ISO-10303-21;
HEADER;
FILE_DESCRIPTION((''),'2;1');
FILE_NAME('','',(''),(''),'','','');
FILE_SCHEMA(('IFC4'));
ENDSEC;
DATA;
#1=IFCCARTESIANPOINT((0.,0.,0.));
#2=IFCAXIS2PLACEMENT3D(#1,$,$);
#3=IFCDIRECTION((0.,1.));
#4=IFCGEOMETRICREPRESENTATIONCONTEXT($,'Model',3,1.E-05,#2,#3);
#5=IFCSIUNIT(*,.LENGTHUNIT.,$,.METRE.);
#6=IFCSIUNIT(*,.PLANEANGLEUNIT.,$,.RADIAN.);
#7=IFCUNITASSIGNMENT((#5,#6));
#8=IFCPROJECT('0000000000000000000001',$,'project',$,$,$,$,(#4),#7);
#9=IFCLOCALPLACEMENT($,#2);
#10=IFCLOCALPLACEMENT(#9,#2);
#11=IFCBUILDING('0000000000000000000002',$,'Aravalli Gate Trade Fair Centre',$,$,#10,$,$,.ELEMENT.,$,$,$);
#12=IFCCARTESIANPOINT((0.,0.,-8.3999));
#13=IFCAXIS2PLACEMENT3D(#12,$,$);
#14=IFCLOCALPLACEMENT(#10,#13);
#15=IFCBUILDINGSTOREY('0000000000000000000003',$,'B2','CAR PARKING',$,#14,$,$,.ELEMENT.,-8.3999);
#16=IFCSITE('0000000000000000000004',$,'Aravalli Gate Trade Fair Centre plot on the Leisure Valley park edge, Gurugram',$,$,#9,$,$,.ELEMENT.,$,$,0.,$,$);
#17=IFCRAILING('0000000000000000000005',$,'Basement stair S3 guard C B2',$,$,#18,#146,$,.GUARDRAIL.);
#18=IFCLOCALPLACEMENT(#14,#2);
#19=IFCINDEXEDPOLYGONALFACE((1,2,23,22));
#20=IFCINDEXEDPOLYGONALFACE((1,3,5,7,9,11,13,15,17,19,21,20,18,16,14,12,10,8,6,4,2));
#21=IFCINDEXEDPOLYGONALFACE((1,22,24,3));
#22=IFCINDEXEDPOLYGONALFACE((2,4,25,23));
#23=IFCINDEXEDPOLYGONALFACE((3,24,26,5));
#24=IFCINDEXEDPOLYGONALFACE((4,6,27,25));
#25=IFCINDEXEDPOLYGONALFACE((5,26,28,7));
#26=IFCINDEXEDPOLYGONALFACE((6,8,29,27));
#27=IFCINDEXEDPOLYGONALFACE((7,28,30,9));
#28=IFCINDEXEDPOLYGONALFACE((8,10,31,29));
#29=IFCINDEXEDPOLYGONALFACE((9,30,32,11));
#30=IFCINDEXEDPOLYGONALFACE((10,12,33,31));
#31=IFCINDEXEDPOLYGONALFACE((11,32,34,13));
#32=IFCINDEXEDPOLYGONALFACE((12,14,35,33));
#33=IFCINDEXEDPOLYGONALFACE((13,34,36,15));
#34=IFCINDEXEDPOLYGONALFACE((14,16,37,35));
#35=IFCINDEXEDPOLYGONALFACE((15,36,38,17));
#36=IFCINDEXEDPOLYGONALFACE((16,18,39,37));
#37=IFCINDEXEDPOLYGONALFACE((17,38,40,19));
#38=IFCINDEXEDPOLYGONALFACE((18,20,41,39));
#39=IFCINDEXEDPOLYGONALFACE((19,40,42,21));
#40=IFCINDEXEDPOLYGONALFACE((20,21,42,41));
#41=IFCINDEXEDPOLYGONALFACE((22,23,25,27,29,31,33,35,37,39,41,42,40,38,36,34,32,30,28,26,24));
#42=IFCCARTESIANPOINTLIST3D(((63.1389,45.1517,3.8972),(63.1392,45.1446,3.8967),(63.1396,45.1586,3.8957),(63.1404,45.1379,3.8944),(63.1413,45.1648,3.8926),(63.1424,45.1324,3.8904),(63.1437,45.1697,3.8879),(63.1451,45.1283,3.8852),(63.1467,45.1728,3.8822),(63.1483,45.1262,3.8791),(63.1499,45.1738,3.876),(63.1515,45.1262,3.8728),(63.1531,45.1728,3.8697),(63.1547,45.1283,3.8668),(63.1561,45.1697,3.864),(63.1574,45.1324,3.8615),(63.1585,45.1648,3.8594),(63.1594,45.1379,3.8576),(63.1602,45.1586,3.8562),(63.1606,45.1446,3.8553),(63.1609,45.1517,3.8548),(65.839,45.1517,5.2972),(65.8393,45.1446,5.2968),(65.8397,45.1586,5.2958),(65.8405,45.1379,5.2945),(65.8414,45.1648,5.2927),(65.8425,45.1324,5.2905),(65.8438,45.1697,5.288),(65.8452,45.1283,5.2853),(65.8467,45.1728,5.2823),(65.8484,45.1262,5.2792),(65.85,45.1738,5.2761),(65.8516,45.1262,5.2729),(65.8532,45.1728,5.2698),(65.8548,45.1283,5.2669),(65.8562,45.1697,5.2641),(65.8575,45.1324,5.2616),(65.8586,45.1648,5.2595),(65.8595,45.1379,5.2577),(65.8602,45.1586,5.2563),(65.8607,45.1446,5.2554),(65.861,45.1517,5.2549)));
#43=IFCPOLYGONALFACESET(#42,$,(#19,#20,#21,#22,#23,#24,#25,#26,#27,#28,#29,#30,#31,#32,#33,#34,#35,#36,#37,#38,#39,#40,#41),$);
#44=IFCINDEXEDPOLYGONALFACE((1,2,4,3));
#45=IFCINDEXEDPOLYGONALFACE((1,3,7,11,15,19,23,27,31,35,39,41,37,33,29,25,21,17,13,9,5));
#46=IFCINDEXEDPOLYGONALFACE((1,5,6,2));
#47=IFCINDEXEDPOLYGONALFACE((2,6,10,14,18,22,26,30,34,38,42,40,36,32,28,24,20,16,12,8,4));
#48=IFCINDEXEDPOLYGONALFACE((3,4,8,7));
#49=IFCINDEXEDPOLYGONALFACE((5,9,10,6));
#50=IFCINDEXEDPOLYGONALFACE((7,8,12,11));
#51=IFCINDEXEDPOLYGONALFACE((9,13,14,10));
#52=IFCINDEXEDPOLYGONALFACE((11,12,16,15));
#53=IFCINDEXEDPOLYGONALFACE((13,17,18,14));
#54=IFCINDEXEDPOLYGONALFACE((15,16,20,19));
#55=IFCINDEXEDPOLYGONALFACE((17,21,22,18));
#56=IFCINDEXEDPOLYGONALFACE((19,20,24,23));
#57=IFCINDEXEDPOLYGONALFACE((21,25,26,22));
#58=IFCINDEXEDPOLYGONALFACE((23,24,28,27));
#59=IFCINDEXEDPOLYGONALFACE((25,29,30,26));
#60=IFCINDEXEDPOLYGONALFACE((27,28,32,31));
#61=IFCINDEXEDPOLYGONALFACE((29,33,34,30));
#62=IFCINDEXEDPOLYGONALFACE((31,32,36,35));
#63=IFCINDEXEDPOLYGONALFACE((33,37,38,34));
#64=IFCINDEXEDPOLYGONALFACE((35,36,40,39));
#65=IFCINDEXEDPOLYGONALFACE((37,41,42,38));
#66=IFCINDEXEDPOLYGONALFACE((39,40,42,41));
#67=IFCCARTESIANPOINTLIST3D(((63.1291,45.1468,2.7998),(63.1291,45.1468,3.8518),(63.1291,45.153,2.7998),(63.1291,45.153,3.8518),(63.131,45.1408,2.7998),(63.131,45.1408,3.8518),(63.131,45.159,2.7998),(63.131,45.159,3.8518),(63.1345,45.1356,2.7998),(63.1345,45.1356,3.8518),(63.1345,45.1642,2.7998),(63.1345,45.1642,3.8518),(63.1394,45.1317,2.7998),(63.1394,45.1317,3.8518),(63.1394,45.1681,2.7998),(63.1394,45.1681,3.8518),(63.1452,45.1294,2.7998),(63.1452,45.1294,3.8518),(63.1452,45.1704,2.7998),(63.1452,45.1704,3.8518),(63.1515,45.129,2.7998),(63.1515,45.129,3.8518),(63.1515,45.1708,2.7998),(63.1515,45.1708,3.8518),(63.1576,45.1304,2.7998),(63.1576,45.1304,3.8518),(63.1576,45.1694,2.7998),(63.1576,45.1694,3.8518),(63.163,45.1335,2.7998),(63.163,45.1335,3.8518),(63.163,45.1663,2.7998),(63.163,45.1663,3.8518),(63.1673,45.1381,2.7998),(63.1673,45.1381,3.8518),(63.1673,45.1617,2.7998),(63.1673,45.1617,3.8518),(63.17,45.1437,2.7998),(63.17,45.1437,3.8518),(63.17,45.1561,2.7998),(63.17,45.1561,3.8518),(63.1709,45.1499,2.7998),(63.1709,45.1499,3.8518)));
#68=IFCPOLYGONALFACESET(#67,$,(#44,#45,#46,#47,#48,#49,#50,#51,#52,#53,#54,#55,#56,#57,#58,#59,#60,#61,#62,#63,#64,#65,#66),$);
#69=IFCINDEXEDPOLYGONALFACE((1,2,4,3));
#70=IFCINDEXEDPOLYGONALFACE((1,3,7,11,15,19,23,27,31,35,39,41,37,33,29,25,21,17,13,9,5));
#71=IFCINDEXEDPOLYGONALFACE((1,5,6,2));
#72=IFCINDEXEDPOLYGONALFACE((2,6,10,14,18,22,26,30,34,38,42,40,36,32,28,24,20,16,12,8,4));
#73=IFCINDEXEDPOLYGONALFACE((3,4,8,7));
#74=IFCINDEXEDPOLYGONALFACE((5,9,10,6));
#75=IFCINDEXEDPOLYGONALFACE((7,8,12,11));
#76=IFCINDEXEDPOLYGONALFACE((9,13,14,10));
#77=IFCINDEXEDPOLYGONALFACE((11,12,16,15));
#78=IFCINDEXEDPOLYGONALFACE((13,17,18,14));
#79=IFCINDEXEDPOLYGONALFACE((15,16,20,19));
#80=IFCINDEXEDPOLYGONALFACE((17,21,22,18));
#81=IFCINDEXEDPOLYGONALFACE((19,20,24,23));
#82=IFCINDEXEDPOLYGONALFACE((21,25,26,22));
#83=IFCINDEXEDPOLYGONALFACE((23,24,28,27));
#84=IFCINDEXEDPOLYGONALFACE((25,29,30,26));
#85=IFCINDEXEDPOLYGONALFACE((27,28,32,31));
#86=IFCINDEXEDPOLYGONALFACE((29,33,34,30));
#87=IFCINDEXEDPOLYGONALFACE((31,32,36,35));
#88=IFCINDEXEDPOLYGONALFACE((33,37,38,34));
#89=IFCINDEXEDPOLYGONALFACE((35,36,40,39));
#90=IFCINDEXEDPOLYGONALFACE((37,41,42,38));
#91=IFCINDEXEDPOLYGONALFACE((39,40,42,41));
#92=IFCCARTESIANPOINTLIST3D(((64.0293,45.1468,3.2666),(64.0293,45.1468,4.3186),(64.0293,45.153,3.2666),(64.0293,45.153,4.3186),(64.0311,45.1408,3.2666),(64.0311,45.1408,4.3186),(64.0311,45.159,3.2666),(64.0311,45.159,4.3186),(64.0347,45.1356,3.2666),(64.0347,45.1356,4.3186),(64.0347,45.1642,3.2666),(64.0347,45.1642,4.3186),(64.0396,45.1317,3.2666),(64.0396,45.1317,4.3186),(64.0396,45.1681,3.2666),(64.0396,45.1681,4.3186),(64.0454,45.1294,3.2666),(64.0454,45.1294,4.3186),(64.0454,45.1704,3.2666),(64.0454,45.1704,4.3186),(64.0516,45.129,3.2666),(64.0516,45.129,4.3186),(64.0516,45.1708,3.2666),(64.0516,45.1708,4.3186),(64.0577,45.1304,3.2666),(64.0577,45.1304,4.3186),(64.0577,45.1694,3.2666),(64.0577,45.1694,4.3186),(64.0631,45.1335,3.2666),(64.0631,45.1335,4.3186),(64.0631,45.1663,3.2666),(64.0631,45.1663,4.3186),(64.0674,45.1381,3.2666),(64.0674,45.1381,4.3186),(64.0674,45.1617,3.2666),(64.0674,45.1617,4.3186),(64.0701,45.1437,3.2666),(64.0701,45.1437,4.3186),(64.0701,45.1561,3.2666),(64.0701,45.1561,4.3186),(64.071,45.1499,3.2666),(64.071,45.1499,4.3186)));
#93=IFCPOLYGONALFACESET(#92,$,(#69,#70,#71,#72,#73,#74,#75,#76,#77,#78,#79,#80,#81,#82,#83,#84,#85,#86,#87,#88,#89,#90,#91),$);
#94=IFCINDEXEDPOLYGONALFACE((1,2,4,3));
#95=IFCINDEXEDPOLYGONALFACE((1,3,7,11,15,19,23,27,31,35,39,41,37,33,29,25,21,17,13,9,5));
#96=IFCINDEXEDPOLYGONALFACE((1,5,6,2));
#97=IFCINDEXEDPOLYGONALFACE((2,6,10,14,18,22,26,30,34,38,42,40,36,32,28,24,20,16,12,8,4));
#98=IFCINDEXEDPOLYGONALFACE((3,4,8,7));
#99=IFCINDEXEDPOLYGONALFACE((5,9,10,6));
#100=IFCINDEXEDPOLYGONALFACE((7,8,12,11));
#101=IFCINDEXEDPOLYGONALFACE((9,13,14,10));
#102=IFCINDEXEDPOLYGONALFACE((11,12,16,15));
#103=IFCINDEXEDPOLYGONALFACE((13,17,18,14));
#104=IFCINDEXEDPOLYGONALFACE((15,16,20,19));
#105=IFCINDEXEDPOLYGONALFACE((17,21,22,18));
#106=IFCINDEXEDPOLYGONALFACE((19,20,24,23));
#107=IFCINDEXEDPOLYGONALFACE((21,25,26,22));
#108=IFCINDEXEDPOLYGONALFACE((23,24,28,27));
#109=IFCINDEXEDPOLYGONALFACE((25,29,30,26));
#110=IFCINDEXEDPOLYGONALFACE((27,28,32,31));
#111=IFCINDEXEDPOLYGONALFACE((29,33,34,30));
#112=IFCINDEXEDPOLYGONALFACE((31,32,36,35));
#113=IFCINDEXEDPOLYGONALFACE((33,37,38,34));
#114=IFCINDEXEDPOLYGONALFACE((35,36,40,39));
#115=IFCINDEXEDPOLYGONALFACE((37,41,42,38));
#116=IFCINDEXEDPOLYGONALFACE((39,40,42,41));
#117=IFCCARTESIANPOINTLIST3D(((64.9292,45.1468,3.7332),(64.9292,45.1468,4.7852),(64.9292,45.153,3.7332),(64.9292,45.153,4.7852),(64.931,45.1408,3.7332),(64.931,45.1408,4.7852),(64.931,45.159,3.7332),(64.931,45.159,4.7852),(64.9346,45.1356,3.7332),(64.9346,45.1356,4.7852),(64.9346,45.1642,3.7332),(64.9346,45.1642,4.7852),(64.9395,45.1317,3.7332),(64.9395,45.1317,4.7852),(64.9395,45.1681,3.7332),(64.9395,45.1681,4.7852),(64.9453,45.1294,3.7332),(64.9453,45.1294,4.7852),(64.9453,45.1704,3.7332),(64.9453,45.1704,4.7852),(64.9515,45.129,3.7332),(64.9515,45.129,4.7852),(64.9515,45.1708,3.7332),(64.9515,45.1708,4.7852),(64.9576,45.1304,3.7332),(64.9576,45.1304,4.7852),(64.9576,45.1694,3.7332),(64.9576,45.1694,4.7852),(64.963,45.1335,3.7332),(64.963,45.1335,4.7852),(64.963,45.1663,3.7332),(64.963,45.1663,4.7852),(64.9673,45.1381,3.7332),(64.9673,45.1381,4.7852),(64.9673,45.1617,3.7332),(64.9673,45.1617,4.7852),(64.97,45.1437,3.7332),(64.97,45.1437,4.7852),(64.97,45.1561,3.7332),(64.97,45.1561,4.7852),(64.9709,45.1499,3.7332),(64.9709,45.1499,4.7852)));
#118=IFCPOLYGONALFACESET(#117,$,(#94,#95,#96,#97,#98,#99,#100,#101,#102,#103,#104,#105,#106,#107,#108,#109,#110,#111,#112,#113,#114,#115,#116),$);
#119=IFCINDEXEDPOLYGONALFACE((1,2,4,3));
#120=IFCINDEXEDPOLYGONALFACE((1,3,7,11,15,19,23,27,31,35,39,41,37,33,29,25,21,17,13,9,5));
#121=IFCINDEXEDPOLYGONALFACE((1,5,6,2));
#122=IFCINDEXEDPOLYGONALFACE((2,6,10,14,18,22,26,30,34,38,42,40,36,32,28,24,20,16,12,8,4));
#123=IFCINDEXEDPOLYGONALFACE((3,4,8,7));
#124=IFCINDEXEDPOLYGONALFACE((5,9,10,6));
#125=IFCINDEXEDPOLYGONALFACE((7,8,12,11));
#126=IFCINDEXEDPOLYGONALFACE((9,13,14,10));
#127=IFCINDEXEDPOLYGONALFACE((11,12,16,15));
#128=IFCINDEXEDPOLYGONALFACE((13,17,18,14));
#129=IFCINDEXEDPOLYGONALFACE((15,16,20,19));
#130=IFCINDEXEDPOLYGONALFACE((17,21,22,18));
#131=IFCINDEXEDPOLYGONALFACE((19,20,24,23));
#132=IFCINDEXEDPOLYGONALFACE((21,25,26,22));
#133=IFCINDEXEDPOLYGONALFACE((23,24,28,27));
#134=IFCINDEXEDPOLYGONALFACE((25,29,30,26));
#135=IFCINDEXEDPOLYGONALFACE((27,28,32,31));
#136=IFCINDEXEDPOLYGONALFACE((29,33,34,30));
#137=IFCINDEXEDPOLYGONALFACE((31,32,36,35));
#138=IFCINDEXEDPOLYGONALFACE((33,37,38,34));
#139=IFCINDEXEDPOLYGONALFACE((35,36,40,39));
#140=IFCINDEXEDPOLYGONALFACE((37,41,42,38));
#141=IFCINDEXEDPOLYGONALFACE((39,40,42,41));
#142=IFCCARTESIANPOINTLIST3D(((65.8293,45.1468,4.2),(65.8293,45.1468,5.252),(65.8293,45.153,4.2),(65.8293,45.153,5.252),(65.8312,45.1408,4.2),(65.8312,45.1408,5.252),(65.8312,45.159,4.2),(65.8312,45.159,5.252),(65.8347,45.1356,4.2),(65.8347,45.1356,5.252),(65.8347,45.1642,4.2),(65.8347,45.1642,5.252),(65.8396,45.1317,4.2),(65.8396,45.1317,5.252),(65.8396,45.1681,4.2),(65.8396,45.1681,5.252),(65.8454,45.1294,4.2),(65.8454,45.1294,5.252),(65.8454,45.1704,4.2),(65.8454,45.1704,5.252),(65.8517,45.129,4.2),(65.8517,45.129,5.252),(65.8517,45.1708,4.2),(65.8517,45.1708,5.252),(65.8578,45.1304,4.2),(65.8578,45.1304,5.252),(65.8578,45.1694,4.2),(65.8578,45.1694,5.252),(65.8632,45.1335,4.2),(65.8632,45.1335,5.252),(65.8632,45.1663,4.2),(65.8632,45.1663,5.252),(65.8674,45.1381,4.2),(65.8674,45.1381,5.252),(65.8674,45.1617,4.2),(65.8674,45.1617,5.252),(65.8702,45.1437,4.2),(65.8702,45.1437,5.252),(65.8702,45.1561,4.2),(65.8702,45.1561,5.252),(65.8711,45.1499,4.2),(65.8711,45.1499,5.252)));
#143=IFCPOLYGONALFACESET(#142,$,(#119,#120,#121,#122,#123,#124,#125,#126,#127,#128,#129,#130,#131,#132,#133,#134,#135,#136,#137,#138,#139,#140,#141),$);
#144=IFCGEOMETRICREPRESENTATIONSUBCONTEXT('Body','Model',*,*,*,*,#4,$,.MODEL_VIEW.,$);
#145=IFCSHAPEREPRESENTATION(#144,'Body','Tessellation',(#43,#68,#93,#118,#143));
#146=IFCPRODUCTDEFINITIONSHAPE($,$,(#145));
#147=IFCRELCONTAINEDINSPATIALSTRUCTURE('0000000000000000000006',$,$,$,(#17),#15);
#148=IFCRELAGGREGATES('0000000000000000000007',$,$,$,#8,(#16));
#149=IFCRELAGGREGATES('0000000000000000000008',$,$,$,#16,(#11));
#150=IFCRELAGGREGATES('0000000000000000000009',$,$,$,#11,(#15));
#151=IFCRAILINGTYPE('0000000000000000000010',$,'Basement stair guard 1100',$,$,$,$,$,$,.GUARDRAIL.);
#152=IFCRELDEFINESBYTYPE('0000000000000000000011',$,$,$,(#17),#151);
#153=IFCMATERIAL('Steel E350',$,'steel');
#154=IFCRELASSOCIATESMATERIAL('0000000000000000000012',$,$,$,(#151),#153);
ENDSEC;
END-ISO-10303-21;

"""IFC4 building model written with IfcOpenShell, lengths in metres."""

from ifc_helpers import new_model, si_unit, direction, frame, origin, origin_2d, place, context, subcontext, project, spatial, circle, extrude, material, type_object, element, save


model = new_model("IFC4")

# Units and contexts
model_context = context("Model", 3, precision=1e-05, world=origin(), true_north=direction((0.0, 1.0)))
body_context = subcontext(model_context, "Body", "Model", "MODEL_VIEW")
ifc_project = project(units=[si_unit("LENGTHUNIT", "METRE"), si_unit("PLANEANGLEUNIT", "RADIAN")], contexts=[model_context])

# Site, building, storey
site_placement = place(None, origin())
site = spatial("IfcSite", under=ifc_project, at=site_placement, Name="Aravalli Gate Trade Fair Centre plot on the Leisure Valley park edge, Gurugram", CompositionType="ELEMENT", RefElevation=0.0)
building_placement = place(site_placement, origin())
building = spatial("IfcBuilding", under=site, at=building_placement, Name="Aravalli Gate Trade Fair Centre", CompositionType="ELEMENT")
storey_placement = place(building_placement, frame((0.0, 0.0, -8.3999)))
storey = spatial("IfcBuildingStorey", under=building, at=storey_placement, Name="B2", Description="CAR PARKING", CompositionType="ELEMENT", Elevation=-8.3999)

# Railing
ifc_material_1 = material(Name="Steel E350", Category="steel")
railing_type_1 = type_object("IfcRailingType", Name="Basement stair guard 1100", PredefinedType="GUARDRAIL", material=ifc_material_1)
railing_1_placement = place(storey_placement, frame((63.1499, 45.1499, 2.7998)))
element("IfcRailing", 1, at=railing_1_placement, inside=storey, type_object=railing_type_1, Name="Basement stair S3 guard C B2", PredefinedType="GUARDRAIL", context=body_context, shape_type="SweptSolid", body=[
    extrude(circle(Radius=0.0239, at=origin_2d()), frame((0.0, 0.0, 1.0762), z_axis=(0.887748, 0.0, 0.460329), x_axis=(0.0, 1.0, 0.0)), (0.0, 0.0, 1.0), 3.0415),
    extrude(circle(Radius=0.021, at=origin_2d()), origin(), (0.0, 0.0, 1.0), 1.052),
    extrude(circle(Radius=0.021, at=origin_2d()), frame((0.9001, 0.0, 0.4668)), (0.0, 0.0, 1.0), 1.052),
    extrude(circle(Radius=0.021, at=origin_2d()), frame((1.8, 0.0, 0.9333)), (0.0, 0.0, 1.0), 1.052),
    extrude(circle(Radius=0.021, at=origin_2d()), frame((2.7002, 0.0, 1.4001)), (0.0, 0.0, 1.0), 1.052),
])

save(model, "model.ifc")
